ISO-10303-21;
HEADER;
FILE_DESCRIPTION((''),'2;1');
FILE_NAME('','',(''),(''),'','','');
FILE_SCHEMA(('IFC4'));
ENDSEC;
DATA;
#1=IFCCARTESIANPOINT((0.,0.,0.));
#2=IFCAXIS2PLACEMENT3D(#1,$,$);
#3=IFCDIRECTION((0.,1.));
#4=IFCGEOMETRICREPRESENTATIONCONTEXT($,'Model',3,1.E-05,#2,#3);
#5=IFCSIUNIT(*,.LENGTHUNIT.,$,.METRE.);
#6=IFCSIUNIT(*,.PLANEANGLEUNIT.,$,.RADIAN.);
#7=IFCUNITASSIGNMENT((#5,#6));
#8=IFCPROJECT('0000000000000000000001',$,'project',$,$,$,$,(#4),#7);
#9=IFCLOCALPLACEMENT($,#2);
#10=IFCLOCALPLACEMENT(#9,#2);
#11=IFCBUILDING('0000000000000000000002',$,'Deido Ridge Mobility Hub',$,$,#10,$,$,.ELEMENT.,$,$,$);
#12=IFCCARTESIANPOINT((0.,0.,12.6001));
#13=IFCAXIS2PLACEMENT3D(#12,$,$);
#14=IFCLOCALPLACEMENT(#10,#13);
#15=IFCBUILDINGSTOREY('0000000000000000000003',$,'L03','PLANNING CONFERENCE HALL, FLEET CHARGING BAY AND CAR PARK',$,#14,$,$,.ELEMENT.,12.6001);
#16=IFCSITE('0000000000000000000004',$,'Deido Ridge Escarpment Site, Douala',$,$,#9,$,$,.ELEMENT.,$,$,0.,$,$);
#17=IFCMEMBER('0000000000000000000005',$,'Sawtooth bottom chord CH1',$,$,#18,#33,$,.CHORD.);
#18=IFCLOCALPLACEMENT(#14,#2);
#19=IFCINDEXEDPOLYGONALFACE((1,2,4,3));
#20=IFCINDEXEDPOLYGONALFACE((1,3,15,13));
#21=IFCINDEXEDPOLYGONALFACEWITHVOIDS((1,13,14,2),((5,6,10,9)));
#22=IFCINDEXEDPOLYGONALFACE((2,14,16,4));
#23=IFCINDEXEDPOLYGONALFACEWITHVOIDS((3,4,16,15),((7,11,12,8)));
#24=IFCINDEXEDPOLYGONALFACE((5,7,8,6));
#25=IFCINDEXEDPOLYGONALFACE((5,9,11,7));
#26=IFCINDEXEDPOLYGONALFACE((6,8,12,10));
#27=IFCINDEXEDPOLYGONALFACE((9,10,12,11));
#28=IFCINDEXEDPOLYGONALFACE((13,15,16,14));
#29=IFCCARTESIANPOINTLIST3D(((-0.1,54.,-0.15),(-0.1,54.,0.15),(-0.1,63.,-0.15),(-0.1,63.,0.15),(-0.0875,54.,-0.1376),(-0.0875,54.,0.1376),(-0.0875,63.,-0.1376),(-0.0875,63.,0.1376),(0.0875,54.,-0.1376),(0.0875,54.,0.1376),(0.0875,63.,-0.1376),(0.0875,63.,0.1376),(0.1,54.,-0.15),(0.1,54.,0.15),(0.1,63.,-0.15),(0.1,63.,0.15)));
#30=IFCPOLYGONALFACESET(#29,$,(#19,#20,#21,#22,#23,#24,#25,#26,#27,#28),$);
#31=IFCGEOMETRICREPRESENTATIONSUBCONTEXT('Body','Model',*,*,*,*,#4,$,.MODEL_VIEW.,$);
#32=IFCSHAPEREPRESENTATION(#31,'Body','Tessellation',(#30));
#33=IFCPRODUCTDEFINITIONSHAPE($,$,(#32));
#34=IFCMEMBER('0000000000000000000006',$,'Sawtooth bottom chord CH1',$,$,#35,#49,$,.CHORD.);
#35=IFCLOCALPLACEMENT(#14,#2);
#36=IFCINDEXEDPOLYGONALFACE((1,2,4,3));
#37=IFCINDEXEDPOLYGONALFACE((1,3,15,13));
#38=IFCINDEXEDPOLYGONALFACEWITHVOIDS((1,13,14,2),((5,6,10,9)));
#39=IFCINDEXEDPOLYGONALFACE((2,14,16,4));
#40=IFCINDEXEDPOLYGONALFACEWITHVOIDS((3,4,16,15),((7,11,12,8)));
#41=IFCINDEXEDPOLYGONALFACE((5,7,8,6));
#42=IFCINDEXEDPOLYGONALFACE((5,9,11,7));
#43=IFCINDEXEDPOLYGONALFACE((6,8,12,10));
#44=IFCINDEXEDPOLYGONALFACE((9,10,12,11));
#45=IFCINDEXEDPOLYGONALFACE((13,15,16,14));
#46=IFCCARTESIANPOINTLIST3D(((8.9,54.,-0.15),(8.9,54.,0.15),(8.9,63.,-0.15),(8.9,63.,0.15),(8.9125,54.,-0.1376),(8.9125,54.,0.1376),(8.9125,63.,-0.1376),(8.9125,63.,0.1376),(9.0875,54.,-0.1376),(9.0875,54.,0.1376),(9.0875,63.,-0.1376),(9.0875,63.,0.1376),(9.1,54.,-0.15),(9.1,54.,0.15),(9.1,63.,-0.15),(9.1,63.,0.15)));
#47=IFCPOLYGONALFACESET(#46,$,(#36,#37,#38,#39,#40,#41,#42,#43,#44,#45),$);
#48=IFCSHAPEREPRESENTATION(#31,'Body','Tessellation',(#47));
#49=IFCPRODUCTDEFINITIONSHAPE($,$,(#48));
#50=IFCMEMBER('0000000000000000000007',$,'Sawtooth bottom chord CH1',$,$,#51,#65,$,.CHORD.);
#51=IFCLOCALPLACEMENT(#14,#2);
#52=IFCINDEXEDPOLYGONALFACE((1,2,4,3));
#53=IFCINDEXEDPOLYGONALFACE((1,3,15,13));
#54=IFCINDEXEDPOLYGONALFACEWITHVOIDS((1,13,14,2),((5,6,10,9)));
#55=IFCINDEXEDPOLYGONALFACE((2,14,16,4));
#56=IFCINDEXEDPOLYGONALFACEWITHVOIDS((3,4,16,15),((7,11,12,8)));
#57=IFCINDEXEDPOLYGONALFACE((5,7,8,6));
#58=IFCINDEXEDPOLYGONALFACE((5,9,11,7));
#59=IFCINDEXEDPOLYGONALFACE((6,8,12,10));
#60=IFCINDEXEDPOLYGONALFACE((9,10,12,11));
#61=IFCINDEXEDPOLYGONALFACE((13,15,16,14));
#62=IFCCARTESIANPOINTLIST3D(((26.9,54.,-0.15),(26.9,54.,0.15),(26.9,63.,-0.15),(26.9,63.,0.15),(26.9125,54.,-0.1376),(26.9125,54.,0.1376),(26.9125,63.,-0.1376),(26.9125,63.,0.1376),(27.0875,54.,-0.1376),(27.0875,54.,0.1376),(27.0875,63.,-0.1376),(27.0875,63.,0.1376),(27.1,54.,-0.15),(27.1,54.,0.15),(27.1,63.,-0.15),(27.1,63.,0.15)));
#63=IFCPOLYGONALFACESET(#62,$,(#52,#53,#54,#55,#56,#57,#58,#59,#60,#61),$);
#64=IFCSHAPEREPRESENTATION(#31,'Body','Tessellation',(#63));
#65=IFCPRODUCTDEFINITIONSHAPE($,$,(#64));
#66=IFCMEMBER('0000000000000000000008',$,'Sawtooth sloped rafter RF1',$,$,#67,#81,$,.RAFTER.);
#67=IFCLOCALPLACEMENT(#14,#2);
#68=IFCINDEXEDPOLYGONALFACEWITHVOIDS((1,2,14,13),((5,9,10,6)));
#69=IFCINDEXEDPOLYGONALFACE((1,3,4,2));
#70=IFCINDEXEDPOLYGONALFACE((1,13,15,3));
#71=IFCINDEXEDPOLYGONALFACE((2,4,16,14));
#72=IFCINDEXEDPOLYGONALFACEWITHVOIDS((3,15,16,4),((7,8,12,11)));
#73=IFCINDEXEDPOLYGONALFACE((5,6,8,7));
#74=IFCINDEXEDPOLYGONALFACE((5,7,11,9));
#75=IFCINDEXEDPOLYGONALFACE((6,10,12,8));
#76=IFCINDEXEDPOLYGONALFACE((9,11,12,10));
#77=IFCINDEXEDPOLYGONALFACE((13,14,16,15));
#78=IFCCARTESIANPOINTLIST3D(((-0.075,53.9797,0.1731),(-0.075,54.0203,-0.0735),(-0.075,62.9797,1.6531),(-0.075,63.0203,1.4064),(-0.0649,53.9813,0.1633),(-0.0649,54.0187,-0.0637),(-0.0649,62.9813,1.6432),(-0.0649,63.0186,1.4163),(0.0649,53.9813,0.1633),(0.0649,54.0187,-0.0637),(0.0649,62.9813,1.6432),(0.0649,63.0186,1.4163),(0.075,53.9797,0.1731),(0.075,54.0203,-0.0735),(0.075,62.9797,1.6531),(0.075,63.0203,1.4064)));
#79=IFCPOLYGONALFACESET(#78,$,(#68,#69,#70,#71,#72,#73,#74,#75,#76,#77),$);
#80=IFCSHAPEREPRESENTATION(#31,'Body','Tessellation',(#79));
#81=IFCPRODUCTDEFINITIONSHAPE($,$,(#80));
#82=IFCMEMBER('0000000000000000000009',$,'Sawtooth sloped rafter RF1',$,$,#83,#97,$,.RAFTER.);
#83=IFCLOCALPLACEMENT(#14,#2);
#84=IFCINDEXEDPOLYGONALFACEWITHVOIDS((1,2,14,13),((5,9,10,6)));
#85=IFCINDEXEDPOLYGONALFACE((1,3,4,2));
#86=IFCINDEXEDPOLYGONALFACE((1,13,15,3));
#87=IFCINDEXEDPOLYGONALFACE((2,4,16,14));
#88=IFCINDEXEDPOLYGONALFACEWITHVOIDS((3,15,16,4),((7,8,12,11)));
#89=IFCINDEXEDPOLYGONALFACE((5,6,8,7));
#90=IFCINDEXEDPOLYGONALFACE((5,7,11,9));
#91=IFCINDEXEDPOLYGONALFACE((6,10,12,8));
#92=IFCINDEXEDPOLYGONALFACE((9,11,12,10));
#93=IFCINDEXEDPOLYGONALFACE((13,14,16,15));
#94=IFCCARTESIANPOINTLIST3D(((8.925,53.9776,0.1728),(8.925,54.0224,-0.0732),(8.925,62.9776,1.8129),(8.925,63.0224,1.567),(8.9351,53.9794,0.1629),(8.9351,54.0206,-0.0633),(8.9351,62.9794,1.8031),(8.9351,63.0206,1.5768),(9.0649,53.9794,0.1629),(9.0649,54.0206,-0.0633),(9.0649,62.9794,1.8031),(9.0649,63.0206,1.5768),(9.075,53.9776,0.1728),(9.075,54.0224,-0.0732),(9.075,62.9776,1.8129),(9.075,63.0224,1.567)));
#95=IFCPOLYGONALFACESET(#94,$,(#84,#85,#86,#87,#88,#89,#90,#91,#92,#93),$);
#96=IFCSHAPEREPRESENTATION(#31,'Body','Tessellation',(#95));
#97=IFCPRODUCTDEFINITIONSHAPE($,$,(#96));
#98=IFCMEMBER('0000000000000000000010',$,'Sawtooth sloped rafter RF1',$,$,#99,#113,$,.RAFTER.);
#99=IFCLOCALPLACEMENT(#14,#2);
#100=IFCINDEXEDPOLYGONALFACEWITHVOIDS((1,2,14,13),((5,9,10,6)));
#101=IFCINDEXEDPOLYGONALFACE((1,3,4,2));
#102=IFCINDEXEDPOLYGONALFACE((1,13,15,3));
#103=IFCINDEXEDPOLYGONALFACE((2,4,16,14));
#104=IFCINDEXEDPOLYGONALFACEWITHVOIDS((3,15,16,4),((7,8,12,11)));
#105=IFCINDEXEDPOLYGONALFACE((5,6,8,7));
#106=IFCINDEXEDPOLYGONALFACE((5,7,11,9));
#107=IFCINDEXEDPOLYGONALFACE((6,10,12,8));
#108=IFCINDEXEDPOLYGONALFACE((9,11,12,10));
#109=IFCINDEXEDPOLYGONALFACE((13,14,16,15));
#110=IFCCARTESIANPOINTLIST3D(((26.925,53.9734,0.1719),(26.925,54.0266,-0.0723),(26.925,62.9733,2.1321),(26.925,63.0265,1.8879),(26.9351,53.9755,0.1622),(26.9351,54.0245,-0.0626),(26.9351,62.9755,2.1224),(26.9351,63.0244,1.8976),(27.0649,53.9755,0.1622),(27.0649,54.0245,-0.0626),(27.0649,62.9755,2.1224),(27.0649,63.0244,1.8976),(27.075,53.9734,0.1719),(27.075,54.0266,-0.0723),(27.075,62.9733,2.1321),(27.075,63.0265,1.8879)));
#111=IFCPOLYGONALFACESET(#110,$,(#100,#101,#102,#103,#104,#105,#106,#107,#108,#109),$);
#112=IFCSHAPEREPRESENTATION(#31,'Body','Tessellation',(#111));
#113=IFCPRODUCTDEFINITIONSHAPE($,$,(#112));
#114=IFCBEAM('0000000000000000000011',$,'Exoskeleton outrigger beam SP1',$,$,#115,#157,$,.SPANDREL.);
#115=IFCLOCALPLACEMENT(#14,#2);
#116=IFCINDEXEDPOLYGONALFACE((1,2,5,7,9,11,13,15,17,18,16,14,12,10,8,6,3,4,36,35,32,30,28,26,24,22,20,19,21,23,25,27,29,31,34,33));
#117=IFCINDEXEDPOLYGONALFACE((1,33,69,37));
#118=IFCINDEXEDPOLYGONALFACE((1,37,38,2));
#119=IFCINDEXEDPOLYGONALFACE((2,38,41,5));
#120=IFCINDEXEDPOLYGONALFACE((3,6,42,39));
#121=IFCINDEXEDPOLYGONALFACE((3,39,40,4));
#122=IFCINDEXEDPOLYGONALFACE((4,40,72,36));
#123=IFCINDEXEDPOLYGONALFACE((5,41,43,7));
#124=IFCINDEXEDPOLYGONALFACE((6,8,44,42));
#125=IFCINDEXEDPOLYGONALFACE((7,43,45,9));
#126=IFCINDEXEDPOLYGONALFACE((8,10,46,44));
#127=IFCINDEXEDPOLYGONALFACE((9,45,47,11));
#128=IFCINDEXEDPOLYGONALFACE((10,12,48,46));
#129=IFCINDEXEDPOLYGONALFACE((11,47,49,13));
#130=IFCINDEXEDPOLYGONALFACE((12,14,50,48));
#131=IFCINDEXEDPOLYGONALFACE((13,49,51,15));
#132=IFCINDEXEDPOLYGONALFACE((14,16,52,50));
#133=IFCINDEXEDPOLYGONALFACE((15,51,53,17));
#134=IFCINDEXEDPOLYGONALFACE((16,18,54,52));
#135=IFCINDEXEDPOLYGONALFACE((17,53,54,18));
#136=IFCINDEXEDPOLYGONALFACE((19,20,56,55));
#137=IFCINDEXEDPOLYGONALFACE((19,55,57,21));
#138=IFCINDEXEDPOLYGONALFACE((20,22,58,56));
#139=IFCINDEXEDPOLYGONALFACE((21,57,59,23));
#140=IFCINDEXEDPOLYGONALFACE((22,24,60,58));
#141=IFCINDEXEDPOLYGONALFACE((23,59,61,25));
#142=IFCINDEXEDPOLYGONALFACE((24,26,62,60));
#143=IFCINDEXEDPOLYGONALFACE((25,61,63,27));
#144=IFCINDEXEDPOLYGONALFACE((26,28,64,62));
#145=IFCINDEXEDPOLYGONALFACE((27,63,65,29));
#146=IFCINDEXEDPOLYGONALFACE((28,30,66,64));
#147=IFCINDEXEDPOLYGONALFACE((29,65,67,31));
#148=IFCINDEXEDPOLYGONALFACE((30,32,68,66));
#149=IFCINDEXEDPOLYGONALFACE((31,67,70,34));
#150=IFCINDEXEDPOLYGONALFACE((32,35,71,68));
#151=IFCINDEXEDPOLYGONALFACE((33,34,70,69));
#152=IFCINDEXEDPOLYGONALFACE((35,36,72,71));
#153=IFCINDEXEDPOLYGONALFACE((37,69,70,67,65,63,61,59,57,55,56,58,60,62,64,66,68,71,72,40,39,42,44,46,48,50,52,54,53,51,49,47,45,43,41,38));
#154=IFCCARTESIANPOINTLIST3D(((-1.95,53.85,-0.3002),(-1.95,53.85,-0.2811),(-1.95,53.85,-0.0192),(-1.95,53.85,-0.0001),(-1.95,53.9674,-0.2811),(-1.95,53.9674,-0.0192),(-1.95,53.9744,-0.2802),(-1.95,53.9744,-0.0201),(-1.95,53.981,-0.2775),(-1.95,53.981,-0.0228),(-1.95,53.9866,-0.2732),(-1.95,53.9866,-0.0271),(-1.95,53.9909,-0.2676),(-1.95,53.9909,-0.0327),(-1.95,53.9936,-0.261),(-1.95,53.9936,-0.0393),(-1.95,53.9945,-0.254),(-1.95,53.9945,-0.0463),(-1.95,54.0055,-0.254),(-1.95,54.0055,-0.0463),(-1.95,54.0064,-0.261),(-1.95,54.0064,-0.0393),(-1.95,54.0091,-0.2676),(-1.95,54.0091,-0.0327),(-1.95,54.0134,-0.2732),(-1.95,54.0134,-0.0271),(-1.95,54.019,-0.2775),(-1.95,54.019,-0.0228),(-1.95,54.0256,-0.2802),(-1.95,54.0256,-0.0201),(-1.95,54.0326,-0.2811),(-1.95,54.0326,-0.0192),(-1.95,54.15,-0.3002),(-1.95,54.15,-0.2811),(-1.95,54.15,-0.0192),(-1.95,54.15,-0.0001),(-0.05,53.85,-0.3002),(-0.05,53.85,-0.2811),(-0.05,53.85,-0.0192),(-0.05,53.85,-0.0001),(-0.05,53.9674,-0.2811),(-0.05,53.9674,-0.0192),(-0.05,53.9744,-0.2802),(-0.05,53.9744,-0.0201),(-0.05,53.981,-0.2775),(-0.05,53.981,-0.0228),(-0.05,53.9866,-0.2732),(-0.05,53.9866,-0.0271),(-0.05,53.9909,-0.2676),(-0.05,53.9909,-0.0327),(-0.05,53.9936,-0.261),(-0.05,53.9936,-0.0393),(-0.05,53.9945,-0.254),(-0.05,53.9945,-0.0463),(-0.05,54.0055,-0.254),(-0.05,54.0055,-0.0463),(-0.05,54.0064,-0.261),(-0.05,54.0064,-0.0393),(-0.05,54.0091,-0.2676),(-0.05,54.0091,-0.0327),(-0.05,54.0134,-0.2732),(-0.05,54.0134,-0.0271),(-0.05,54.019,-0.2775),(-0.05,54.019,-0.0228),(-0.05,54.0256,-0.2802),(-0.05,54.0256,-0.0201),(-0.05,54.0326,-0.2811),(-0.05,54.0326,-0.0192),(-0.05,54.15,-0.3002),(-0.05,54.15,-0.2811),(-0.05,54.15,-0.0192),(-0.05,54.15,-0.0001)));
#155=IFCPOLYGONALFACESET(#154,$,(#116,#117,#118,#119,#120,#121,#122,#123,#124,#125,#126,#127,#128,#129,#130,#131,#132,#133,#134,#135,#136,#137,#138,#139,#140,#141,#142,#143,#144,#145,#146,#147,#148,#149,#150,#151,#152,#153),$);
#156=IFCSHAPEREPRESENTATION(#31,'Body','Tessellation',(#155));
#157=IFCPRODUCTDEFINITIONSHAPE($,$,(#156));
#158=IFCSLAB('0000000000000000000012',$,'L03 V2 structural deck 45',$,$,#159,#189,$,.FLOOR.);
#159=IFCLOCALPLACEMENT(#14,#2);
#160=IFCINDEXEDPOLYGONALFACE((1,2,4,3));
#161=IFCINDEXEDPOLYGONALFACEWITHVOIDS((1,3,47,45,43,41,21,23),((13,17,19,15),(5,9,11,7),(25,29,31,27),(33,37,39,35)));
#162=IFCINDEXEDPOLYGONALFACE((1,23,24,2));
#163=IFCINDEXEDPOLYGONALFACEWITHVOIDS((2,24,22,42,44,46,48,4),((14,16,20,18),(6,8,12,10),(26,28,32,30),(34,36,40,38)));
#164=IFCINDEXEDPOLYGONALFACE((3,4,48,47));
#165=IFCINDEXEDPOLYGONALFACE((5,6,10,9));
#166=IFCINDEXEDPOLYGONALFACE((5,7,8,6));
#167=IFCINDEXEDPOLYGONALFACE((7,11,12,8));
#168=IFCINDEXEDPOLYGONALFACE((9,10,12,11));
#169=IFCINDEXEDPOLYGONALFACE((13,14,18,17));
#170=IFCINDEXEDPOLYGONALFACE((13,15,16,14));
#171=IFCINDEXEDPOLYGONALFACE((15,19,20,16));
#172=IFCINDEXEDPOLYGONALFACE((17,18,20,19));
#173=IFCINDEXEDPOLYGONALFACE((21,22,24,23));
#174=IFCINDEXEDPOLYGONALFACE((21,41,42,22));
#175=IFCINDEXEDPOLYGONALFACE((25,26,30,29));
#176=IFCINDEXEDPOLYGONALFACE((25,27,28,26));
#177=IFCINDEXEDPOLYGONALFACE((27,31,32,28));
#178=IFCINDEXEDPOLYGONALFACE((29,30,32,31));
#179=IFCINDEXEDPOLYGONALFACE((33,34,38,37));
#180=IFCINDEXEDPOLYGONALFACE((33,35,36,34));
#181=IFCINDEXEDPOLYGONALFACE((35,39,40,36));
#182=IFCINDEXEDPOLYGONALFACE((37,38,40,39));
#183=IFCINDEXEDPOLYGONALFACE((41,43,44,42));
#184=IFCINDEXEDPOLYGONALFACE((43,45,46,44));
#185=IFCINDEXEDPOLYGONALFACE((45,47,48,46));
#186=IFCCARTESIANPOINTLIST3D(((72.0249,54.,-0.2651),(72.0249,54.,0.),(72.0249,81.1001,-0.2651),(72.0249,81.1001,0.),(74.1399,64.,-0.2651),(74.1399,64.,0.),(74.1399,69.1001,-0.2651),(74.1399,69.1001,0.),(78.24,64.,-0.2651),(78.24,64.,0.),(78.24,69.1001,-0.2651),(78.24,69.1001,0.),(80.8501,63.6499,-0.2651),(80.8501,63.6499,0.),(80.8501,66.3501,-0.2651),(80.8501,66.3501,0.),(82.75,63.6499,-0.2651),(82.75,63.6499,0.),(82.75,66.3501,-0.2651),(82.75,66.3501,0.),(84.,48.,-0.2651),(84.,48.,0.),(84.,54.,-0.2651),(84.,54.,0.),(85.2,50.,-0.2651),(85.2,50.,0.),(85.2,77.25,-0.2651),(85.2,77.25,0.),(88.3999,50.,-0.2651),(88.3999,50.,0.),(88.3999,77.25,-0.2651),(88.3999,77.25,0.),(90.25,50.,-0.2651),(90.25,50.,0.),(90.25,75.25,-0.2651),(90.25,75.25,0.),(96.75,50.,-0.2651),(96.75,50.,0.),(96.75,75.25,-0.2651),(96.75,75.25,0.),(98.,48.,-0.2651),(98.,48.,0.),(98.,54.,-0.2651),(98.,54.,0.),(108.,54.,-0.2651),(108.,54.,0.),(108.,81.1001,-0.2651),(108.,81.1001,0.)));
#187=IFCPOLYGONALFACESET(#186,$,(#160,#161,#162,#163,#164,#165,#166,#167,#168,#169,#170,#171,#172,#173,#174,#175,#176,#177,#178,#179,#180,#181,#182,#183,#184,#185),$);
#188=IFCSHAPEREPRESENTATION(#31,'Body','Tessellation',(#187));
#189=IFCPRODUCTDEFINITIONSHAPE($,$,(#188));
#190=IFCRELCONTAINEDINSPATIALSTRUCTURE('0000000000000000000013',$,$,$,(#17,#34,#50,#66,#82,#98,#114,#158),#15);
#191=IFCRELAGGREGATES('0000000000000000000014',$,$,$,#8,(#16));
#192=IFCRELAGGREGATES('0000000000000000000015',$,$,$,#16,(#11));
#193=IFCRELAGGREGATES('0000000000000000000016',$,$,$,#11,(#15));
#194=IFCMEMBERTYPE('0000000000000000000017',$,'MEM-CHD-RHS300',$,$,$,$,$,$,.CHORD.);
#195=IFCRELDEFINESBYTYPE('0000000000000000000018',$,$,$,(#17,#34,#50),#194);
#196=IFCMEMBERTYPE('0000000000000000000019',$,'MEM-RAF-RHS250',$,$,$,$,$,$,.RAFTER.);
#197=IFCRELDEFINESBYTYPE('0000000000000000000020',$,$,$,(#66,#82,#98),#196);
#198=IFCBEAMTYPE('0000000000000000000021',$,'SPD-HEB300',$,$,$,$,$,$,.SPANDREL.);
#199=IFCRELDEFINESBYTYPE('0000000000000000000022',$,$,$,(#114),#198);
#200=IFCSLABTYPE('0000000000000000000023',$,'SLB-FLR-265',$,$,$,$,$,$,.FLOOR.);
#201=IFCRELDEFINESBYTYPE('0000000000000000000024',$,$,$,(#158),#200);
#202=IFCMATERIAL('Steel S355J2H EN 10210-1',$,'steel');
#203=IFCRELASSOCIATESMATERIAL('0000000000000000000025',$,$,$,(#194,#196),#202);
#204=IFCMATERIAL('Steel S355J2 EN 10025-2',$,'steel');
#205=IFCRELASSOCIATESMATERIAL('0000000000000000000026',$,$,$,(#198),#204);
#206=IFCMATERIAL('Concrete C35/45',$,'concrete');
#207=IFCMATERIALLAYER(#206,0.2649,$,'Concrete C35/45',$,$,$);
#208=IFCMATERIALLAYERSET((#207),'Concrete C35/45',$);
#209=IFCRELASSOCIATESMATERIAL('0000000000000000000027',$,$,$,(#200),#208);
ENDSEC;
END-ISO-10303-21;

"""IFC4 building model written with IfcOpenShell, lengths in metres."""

from ifc_helpers import new_model, si_unit, direction, frame, origin, origin_2d, place, context, subcontext, project, spatial, polyline, hollow_rectangle, i_section, outline, extrude, material, layer, layer_set, material_profile, profile_set, type_object, element, save


model = new_model("IFC4")

# Units and contexts
model_context = context("Model", 3, precision=1e-05, world=origin(), true_north=direction((0.0, 1.0)))
body_context = subcontext(model_context, "Body", "Model", "MODEL_VIEW")
ifc_project = project(units=[si_unit("LENGTHUNIT", "METRE"), si_unit("PLANEANGLEUNIT", "RADIAN")], contexts=[model_context])

# Site, building, storey
site_placement = place(None, origin())
site = spatial("IfcSite", under=ifc_project, at=site_placement, Name="Deido Ridge Escarpment Site, Douala", CompositionType="ELEMENT", RefElevation=0.0)
building_placement = place(site_placement, origin())
building = spatial("IfcBuilding", under=site, at=building_placement, Name="Deido Ridge Mobility Hub", CompositionType="ELEMENT")
storey_placement = place(building_placement, frame((0.0, 0.0, 12.6001)))
storey = spatial("IfcBuildingStorey", under=building, at=storey_placement, Name="L03", Description="PLANNING CONFERENCE HALL, FLEET CHARGING BAY AND CAR PARK", CompositionType="ELEMENT", Elevation=12.6001)

# Members
ifc_material_1 = material(Name="Steel S355J2H EN 10210-1", Category="steel")
ifc_material_profile_1 = material_profile(ifc_material_1, hollow_rectangle(XDim=0.2, YDim=0.3, WallThickness=0.0125, at=origin_2d()), Name="RHS 300x200x12.5")
ifc_profile_set_1 = profile_set([ifc_material_profile_1], Name="Steel S355J2H EN 10210-1")
member_type_1 = type_object("IfcMemberType", Name="MEM-CHD-RHS300", PredefinedType="CHORD", material=ifc_profile_set_1)
for number, where, z_axis, x_axis, name in (
    (1, (0.0, 54.0, 0.0), (0.0, 1.0, 0.0), (-1.0, 0.0, 0.0), "Sawtooth bottom chord CH1"),
    (2, (9.0, 54.0, 0.0), (0.0, 1.0, 0.0), (-1.0, 0.0, 0.0), "Sawtooth bottom chord CH1"),
    (3, (27.0, 54.0, 0.0), (0.0, 1.0, 0.0), (-1.0, 0.0, 0.0), "Sawtooth bottom chord CH1"),
):
    element("IfcMember", number, at=place(storey_placement, frame(where, z_axis=z_axis, x_axis=x_axis)), inside=storey, type_object=member_type_1, Name=name, PredefinedType="CHORD", context=body_context, shape_type="SweptSolid", body=[
        extrude(hollow_rectangle(XDim=0.2, YDim=0.3, WallThickness=0.0125, at=origin_2d()), origin(), (0.0, 0.0, 1.0), 9.0),
    ])
ifc_material_profile_2 = material_profile(ifc_material_1, hollow_rectangle(XDim=0.1499, YDim=0.25, WallThickness=0.01, at=origin_2d()), Name="RHS 250x150x10")
ifc_profile_set_2 = profile_set([ifc_material_profile_2], Name="Steel S355J2H EN 10210-1")
member_type_2 = type_object("IfcMemberType", Name="MEM-RAF-RHS250", PredefinedType="RAFTER", material=ifc_profile_set_2)
member_1_placement = place(storey_placement, frame((0.0, 54.0, 0.0498), z_axis=(0.0, 0.986748, 0.162263), x_axis=(-1.0, 0.0, 0.0)))
element("IfcMember", 4, at=member_1_placement, inside=storey, type_object=member_type_2, Name="Sawtooth sloped rafter RF1", PredefinedType="RAFTER", context=body_context, shape_type="SweptSolid", body=[
    extrude(hollow_rectangle(XDim=0.1499, YDim=0.25, WallThickness=0.01, at=origin_2d()), origin(), (0.0, 0.0, 1.0), 9.1208),
])
member_2_placement = place(storey_placement, frame((9.0, 54.0, 0.0498), z_axis=(0.0, 0.983797, 0.179285), x_axis=(-1.0, 0.0, 0.0)))
element("IfcMember", 5, at=member_2_placement, inside=storey, type_object=member_type_2, Name="Sawtooth sloped rafter RF1", PredefinedType="RAFTER", context=body_context, shape_type="SweptSolid", body=[
    extrude(hollow_rectangle(XDim=0.1499, YDim=0.25, WallThickness=0.01, at=origin_2d()), origin(), (0.0, 0.0, 1.0), 9.1482),
])
member_3_placement = place(storey_placement, frame((27.0, 54.0, 0.0498), z_axis=(0.0, 0.977093, 0.212811), x_axis=(-1.0, 0.0, 0.0)))
element("IfcMember", 6, at=member_3_placement, inside=storey, type_object=member_type_2, Name="Sawtooth sloped rafter RF1", PredefinedType="RAFTER", context=body_context, shape_type="SweptSolid", body=[
    extrude(hollow_rectangle(XDim=0.1499, YDim=0.25, WallThickness=0.01, at=origin_2d()), origin(), (0.0, 0.0, 1.0), 9.2109),
])

# Beam
ifc_material_2 = material(Name="Steel S355J2 EN 10025-2", Category="steel")
ifc_material_profile_3 = material_profile(ifc_material_2, i_section(OverallWidth=0.3, OverallDepth=0.3, WebThickness=0.011, FlangeThickness=0.019, FilletRadius=0.0271, at=origin_2d()), Name="HEB 300")
ifc_profile_set_3 = profile_set([ifc_material_profile_3], Name="Steel S355J2 EN 10025-2")
beam_type = type_object("IfcBeamType", Name="SPD-HEB300", PredefinedType="SPANDREL", material=ifc_profile_set_3)
beam_placement = place(storey_placement, frame((-0.05, 54.0, -0.1501), z_axis=(-1.0, 0.0, 0.0), x_axis=(0.0, -1.0, 0.0)))
element("IfcBeam", 7, at=beam_placement, inside=storey, type_object=beam_type, Name="Exoskeleton outrigger beam SP1", PredefinedType="SPANDREL", context=body_context, shape_type="SweptSolid", body=[
    extrude(i_section(OverallWidth=0.3, OverallDepth=0.3, WebThickness=0.011, FlangeThickness=0.019, FilletRadius=0.0271, at=origin_2d()), origin(), (0.0, 0.0, 1.0), 1.8999),
])

# Slab
ifc_material_3 = material(Name="Concrete C35/45", Category="concrete")
ifc_layer_1 = layer(ifc_material_3, 0.2649, Name="Concrete C35/45")
ifc_layer_set_1 = layer_set([ifc_layer_1], Name="Concrete C35/45")
slab_type_1 = type_object("IfcSlabType", Name="SLB-FLR-265", PredefinedType="FLOOR", material=ifc_layer_set_1)
slab_1_placement = place(storey_placement, frame((0.0, 0.0, -0.2651)))
element("IfcSlab", 8, at=slab_1_placement, inside=storey, type_object=slab_type_1, Name="L03 V2 structural deck 45", PredefinedType="FLOOR", context=body_context, shape_type="SweptSolid", body=[
    extrude(outline(polyline([(72.0249, 54.0), (72.0249, 81.1001), (108.0, 81.1001), (108.0, 54.0), (98.0, 54.0), (98.0, 48.0), (84.0, 48.0), (84.0, 54.0), (72.0249, 54.0)]), holes=[polyline([(90.25, 50.0), (90.25, 75.25), (96.75, 75.25), (96.75, 50.0), (90.25, 50.0)]), polyline([(85.2, 50.0), (85.2, 77.25), (88.3999, 77.25), (88.3999, 50.0), (85.2, 50.0)]), polyline([(82.75, 63.6499), (80.8501, 63.6499), (80.8501, 66.3501), (82.75, 66.3501), (82.75, 63.6499)]), polyline([(74.1399, 64.0), (74.1399, 69.1001), (78.24, 69.1001), (78.24, 64.0), (74.1399, 64.0)])]), origin(), (0.0, 0.0, 1.0), 0.2651),
])

save(model, "model.ifc")
